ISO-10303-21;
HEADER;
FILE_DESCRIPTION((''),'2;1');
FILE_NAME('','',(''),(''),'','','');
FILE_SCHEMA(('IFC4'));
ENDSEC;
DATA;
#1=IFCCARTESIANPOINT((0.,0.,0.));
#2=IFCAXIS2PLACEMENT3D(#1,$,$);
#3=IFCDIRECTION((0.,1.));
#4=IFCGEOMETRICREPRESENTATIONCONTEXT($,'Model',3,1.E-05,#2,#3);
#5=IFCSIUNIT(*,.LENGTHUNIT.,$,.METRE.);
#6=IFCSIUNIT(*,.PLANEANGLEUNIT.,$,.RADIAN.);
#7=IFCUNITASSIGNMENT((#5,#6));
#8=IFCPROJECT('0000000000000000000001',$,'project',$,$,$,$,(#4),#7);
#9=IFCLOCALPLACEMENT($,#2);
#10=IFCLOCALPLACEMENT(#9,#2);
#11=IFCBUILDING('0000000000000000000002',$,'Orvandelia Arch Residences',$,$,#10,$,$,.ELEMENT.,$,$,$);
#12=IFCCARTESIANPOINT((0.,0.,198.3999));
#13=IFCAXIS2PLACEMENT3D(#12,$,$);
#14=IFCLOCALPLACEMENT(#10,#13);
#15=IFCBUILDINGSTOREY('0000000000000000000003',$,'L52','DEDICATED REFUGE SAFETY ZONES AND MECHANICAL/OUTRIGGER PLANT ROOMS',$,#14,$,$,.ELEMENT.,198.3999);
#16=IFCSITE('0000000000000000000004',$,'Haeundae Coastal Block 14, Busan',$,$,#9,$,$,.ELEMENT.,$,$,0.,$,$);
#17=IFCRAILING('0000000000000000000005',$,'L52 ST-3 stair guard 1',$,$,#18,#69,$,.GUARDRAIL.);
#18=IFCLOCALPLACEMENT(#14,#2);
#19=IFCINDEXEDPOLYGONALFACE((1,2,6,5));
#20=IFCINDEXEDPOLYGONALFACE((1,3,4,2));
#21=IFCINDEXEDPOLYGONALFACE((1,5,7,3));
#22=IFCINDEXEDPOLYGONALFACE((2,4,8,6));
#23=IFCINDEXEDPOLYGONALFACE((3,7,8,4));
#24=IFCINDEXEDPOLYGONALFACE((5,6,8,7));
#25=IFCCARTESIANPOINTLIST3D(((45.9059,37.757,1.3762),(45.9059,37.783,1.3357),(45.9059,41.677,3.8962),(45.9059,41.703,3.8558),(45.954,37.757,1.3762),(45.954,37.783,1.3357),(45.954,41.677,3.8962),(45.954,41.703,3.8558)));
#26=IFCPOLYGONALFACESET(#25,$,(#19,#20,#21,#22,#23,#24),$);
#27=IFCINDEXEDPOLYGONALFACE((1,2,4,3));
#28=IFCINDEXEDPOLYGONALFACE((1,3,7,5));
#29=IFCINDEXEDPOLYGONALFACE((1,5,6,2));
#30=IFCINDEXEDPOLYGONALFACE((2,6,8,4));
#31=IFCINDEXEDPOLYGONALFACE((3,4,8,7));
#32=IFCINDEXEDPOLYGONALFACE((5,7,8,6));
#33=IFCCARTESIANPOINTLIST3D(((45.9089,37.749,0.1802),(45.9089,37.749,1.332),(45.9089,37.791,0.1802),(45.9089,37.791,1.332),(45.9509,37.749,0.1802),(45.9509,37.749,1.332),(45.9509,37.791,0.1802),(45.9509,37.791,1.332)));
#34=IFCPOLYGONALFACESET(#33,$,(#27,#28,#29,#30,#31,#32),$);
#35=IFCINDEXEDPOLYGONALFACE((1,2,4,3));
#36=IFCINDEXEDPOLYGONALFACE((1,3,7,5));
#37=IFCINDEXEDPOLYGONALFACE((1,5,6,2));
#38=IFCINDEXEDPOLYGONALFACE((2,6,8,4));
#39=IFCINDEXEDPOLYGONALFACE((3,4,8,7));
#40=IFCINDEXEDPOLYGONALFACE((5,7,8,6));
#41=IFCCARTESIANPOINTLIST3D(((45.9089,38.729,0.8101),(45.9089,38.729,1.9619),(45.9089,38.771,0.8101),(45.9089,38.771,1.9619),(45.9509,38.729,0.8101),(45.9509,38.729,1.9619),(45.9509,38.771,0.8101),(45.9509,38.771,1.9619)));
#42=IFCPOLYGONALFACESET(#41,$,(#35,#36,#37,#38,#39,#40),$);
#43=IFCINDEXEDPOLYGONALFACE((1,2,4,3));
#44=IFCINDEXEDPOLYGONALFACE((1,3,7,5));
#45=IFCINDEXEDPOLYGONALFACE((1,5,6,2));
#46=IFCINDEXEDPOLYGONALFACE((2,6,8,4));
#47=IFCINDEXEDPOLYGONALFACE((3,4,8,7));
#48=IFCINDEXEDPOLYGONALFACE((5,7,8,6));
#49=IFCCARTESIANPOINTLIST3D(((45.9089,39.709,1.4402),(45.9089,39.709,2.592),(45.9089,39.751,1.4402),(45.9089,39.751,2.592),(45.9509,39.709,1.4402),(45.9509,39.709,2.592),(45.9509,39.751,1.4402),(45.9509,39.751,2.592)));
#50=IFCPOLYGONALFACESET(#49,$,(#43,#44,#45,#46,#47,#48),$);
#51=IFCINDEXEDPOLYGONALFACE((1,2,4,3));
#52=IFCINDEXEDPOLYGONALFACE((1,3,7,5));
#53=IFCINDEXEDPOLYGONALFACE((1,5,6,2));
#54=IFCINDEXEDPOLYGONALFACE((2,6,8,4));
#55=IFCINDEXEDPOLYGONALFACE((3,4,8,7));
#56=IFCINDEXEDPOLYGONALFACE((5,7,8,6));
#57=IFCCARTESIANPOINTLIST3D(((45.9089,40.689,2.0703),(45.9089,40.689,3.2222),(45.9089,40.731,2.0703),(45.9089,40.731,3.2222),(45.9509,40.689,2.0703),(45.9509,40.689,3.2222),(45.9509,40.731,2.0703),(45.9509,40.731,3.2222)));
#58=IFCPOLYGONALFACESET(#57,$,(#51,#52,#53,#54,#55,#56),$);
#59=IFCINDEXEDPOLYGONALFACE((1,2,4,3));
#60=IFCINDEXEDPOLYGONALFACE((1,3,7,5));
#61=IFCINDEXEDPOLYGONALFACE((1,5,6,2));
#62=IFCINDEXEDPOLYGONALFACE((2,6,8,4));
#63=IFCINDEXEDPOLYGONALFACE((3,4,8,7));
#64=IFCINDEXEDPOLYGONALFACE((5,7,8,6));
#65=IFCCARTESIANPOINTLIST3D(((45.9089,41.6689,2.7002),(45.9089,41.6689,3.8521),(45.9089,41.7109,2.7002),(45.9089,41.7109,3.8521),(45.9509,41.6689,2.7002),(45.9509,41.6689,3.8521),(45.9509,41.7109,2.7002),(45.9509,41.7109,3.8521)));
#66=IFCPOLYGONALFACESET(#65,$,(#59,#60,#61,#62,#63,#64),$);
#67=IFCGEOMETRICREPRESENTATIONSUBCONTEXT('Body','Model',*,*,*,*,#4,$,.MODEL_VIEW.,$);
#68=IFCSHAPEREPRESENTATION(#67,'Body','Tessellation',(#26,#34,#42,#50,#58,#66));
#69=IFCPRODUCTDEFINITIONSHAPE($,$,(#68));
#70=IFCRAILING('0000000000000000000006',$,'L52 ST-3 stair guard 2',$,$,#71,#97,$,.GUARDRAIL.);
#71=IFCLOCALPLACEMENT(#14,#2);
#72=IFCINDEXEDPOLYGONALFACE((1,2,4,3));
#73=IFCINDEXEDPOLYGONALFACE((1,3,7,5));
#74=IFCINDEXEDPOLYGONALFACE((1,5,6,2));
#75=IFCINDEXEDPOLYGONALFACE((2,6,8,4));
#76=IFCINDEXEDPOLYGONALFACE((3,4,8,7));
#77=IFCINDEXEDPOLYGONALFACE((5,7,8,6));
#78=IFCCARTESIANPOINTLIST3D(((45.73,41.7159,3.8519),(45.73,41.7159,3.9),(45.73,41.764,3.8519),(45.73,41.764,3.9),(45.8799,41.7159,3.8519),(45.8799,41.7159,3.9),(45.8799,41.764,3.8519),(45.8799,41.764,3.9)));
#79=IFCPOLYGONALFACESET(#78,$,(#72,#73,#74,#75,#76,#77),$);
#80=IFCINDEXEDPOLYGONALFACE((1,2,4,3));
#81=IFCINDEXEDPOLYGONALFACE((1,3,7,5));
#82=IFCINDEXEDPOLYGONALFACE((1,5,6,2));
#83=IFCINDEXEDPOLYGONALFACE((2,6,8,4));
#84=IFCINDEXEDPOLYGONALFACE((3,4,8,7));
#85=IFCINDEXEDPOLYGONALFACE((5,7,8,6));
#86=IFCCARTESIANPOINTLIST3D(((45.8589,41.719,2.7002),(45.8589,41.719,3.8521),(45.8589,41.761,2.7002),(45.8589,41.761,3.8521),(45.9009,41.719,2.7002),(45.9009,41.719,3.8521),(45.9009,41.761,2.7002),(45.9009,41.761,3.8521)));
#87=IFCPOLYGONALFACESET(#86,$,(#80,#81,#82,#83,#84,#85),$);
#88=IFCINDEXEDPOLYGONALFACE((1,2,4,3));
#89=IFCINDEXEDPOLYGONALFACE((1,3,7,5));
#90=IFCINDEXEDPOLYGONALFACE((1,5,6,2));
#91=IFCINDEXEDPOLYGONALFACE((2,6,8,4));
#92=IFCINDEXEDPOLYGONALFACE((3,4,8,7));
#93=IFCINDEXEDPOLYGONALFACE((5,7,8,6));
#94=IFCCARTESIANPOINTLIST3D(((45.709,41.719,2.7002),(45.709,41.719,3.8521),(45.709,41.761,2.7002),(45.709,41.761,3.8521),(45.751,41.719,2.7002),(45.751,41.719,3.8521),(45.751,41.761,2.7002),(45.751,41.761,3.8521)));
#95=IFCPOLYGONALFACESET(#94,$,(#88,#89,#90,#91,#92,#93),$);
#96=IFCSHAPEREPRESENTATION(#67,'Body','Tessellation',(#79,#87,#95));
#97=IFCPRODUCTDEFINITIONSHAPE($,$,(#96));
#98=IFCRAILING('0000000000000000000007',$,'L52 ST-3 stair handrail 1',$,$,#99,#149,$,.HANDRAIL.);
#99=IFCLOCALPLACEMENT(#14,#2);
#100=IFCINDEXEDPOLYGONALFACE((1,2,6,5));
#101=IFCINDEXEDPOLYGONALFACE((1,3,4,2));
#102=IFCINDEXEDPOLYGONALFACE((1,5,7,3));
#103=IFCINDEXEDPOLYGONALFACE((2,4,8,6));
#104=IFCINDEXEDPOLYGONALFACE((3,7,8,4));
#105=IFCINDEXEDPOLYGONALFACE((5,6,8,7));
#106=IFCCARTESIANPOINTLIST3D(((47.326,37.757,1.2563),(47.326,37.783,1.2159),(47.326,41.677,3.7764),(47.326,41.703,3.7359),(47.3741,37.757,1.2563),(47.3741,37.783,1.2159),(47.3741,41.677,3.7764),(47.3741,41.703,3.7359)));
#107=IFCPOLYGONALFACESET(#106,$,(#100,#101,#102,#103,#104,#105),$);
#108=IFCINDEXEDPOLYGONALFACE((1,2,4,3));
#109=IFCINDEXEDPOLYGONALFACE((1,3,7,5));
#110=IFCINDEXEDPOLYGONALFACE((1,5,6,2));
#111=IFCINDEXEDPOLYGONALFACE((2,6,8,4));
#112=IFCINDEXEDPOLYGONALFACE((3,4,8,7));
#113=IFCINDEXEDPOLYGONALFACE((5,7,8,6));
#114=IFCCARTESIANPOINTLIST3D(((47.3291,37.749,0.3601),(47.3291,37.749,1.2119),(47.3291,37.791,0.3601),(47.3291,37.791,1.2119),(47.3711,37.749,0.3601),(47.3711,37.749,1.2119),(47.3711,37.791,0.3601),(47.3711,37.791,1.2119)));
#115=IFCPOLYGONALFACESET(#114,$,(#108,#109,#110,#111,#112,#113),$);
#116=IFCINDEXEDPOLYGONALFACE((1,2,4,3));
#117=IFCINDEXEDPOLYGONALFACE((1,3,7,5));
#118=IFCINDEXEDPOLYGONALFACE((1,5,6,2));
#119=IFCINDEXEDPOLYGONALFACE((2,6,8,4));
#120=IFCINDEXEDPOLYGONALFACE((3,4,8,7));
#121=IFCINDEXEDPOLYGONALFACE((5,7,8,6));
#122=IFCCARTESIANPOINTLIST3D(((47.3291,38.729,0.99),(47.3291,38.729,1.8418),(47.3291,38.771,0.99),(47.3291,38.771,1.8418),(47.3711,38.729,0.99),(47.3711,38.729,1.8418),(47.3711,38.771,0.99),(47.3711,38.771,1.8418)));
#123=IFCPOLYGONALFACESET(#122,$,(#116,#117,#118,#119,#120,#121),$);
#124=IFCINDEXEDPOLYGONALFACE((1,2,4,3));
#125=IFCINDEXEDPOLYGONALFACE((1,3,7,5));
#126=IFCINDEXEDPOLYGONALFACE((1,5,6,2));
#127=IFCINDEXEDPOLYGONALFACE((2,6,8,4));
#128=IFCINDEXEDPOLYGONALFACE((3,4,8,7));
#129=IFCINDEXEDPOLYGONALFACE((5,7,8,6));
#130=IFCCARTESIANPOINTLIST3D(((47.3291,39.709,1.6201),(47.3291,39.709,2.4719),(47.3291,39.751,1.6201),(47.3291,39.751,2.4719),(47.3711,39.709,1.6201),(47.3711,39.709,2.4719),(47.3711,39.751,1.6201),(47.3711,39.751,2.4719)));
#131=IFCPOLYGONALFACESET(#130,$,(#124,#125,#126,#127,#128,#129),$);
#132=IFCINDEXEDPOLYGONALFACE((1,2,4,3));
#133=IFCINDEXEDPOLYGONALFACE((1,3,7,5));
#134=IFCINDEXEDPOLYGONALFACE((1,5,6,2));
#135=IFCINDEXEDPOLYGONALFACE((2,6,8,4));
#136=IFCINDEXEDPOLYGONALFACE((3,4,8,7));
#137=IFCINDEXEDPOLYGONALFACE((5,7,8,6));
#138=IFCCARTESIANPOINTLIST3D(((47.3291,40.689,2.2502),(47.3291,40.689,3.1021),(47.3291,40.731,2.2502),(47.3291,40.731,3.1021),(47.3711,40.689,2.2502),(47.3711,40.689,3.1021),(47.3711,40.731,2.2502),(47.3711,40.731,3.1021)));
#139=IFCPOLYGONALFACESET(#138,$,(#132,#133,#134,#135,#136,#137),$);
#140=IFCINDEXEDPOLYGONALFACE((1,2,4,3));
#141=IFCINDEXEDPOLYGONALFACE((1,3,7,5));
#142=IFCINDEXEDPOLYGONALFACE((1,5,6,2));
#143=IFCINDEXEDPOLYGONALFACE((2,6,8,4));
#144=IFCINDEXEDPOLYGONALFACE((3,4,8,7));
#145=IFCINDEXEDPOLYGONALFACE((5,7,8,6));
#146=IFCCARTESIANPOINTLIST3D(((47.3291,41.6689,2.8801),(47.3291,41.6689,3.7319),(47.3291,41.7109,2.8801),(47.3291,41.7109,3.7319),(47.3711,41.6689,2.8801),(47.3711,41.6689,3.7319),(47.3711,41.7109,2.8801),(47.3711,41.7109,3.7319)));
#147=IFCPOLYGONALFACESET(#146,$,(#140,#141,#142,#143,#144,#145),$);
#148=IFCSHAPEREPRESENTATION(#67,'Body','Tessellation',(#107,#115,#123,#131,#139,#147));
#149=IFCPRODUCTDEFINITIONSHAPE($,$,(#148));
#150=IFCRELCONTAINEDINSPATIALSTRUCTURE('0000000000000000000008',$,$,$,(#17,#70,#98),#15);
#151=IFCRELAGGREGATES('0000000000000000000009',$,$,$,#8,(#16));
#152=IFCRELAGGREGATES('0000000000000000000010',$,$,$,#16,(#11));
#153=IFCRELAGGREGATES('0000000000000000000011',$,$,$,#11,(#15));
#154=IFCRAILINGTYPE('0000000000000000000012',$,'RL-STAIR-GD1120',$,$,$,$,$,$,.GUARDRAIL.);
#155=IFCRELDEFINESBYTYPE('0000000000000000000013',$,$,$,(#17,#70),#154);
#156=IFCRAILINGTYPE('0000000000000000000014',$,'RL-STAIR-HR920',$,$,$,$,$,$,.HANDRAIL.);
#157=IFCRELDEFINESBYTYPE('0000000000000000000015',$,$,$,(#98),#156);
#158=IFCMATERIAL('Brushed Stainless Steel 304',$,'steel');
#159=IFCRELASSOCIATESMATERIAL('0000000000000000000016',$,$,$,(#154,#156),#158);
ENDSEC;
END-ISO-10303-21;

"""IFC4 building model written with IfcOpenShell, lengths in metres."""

from ifc_helpers import new_model, si_unit, direction, frame, origin, origin_2d, place, context, subcontext, project, spatial, rectangle, extrude, material, type_object, element, save


model = new_model("IFC4")

# Units and contexts
model_context = context("Model", 3, precision=1e-05, world=origin(), true_north=direction((0.0, 1.0)))
body_context = subcontext(model_context, "Body", "Model", "MODEL_VIEW")
ifc_project = project(units=[si_unit("LENGTHUNIT", "METRE"), si_unit("PLANEANGLEUNIT", "RADIAN")], contexts=[model_context])

# Site, building, storey
site_placement = place(None, origin())
site = spatial("IfcSite", under=ifc_project, at=site_placement, Name="Haeundae Coastal Block 14, Busan", CompositionType="ELEMENT", RefElevation=0.0)
building_placement = place(site_placement, origin())
building = spatial("IfcBuilding", under=site, at=building_placement, Name="Orvandelia Arch Residences", CompositionType="ELEMENT")
storey_placement = place(building_placement, frame((0.0, 0.0, 198.3999)))
storey = spatial("IfcBuildingStorey", under=building, at=storey_placement, Name="L52", Description="DEDICATED REFUGE SAFETY ZONES AND MECHANICAL/OUTRIGGER PLANT ROOMS", CompositionType="ELEMENT", Elevation=198.3999)

# Railings
ifc_material_1 = material(Name="Brushed Stainless Steel 304", Category="steel")
railing_type_1 = type_object("IfcRailingType", Name="RL-STAIR-GD1120", PredefinedType="GUARDRAIL", material=ifc_material_1)
railing_1_placement = place(storey_placement, frame((45.9299, 37.77, 0.1802)))
element("IfcRailing", 1, at=railing_1_placement, inside=storey, type_object=railing_type_1, Name="L52 ST-3 stair guard 1", PredefinedType="GUARDRAIL", context=body_context, shape_type="SweptSolid", body=[
    extrude(rectangle(XDim=0.0481, YDim=0.0481, at=origin_2d()), frame((0.0, 0.0, 1.1758), z_axis=(0.0, 0.841172, 0.540768), x_axis=(-1.0, 0.0, 0.0)), (0.0, 0.0, 1.0), 4.6602),
    extrude(rectangle(XDim=0.042, YDim=0.042, at=origin_2d()), origin(), (0.0, 0.0, 1.0), 1.1519),
    extrude(rectangle(XDim=0.042, YDim=0.042, at=origin_2d()), frame((0.0, 0.98, 0.6299)), (0.0, 0.0, 1.0), 1.1519),
    extrude(rectangle(XDim=0.042, YDim=0.042, at=origin_2d()), frame((0.0, 1.96, 1.26)), (0.0, 0.0, 1.0), 1.1519),
    extrude(rectangle(XDim=0.042, YDim=0.042, at=origin_2d()), frame((0.0, 2.9399, 1.8901)), (0.0, 0.0, 1.0), 1.1519),
    extrude(rectangle(XDim=0.042, YDim=0.042, at=origin_2d()), frame((0.0, 3.9199, 2.52)), (0.0, 0.0, 1.0), 1.1519),
])
railing_2_placement = place(storey_placement, frame((45.8799, 41.74, 2.7002)))
element("IfcRailing", 2, at=railing_2_placement, inside=storey, type_object=railing_type_1, Name="L52 ST-3 stair guard 2", PredefinedType="GUARDRAIL", context=body_context, shape_type="SweptSolid", body=[
    extrude(rectangle(XDim=0.0481, YDim=0.0481, at=origin_2d()), frame((0.0, 0.0, 1.1758), z_axis=(-1.0, 0.0, 0.0), x_axis=(0.0, -1.0, 0.0)), (0.0, 0.0, 1.0), 0.1499),
    extrude(rectangle(XDim=0.042, YDim=0.042, at=origin_2d()), origin(), (0.0, 0.0, 1.0), 1.1519),
    extrude(rectangle(XDim=0.042, YDim=0.042, at=origin_2d()), frame((-0.1499, 0.0, 0.0)), (0.0, 0.0, 1.0), 1.1519),
])
railing_type_2 = type_object("IfcRailingType", Name="RL-STAIR-HR920", PredefinedType="HANDRAIL", material=ifc_material_1)
railing_3_placement = place(storey_placement, frame((47.3501, 37.77, 0.3601)))
element("IfcRailing", 3, at=railing_3_placement, inside=storey, type_object=railing_type_2, Name="L52 ST-3 stair handrail 1", PredefinedType="HANDRAIL", context=body_context, shape_type="SweptSolid", body=[
    extrude(rectangle(XDim=0.0481, YDim=0.0481, at=origin_2d()), frame((0.0, 0.0, 0.876), z_axis=(0.0, 0.841172, 0.540768), x_axis=(-1.0, 0.0, 0.0)), (0.0, 0.0, 1.0), 4.6602),
    extrude(rectangle(XDim=0.042, YDim=0.042, at=origin_2d()), origin(), (0.0, 0.0, 1.0), 0.8518),
    extrude(rectangle(XDim=0.042, YDim=0.042, at=origin_2d()), frame((0.0, 0.98, 0.6299)), (0.0, 0.0, 1.0), 0.8518),
    extrude(rectangle(XDim=0.042, YDim=0.042, at=origin_2d()), frame((0.0, 1.96, 1.26)), (0.0, 0.0, 1.0), 0.8518),
    extrude(rectangle(XDim=0.042, YDim=0.042, at=origin_2d()), frame((0.0, 2.9399, 1.8901)), (0.0, 0.0, 1.0), 0.8518),
    extrude(rectangle(XDim=0.042, YDim=0.042, at=origin_2d()), frame((0.0, 3.9199, 2.52)), (0.0, 0.0, 1.0), 0.8518),
])

save(model, "model.ifc")
